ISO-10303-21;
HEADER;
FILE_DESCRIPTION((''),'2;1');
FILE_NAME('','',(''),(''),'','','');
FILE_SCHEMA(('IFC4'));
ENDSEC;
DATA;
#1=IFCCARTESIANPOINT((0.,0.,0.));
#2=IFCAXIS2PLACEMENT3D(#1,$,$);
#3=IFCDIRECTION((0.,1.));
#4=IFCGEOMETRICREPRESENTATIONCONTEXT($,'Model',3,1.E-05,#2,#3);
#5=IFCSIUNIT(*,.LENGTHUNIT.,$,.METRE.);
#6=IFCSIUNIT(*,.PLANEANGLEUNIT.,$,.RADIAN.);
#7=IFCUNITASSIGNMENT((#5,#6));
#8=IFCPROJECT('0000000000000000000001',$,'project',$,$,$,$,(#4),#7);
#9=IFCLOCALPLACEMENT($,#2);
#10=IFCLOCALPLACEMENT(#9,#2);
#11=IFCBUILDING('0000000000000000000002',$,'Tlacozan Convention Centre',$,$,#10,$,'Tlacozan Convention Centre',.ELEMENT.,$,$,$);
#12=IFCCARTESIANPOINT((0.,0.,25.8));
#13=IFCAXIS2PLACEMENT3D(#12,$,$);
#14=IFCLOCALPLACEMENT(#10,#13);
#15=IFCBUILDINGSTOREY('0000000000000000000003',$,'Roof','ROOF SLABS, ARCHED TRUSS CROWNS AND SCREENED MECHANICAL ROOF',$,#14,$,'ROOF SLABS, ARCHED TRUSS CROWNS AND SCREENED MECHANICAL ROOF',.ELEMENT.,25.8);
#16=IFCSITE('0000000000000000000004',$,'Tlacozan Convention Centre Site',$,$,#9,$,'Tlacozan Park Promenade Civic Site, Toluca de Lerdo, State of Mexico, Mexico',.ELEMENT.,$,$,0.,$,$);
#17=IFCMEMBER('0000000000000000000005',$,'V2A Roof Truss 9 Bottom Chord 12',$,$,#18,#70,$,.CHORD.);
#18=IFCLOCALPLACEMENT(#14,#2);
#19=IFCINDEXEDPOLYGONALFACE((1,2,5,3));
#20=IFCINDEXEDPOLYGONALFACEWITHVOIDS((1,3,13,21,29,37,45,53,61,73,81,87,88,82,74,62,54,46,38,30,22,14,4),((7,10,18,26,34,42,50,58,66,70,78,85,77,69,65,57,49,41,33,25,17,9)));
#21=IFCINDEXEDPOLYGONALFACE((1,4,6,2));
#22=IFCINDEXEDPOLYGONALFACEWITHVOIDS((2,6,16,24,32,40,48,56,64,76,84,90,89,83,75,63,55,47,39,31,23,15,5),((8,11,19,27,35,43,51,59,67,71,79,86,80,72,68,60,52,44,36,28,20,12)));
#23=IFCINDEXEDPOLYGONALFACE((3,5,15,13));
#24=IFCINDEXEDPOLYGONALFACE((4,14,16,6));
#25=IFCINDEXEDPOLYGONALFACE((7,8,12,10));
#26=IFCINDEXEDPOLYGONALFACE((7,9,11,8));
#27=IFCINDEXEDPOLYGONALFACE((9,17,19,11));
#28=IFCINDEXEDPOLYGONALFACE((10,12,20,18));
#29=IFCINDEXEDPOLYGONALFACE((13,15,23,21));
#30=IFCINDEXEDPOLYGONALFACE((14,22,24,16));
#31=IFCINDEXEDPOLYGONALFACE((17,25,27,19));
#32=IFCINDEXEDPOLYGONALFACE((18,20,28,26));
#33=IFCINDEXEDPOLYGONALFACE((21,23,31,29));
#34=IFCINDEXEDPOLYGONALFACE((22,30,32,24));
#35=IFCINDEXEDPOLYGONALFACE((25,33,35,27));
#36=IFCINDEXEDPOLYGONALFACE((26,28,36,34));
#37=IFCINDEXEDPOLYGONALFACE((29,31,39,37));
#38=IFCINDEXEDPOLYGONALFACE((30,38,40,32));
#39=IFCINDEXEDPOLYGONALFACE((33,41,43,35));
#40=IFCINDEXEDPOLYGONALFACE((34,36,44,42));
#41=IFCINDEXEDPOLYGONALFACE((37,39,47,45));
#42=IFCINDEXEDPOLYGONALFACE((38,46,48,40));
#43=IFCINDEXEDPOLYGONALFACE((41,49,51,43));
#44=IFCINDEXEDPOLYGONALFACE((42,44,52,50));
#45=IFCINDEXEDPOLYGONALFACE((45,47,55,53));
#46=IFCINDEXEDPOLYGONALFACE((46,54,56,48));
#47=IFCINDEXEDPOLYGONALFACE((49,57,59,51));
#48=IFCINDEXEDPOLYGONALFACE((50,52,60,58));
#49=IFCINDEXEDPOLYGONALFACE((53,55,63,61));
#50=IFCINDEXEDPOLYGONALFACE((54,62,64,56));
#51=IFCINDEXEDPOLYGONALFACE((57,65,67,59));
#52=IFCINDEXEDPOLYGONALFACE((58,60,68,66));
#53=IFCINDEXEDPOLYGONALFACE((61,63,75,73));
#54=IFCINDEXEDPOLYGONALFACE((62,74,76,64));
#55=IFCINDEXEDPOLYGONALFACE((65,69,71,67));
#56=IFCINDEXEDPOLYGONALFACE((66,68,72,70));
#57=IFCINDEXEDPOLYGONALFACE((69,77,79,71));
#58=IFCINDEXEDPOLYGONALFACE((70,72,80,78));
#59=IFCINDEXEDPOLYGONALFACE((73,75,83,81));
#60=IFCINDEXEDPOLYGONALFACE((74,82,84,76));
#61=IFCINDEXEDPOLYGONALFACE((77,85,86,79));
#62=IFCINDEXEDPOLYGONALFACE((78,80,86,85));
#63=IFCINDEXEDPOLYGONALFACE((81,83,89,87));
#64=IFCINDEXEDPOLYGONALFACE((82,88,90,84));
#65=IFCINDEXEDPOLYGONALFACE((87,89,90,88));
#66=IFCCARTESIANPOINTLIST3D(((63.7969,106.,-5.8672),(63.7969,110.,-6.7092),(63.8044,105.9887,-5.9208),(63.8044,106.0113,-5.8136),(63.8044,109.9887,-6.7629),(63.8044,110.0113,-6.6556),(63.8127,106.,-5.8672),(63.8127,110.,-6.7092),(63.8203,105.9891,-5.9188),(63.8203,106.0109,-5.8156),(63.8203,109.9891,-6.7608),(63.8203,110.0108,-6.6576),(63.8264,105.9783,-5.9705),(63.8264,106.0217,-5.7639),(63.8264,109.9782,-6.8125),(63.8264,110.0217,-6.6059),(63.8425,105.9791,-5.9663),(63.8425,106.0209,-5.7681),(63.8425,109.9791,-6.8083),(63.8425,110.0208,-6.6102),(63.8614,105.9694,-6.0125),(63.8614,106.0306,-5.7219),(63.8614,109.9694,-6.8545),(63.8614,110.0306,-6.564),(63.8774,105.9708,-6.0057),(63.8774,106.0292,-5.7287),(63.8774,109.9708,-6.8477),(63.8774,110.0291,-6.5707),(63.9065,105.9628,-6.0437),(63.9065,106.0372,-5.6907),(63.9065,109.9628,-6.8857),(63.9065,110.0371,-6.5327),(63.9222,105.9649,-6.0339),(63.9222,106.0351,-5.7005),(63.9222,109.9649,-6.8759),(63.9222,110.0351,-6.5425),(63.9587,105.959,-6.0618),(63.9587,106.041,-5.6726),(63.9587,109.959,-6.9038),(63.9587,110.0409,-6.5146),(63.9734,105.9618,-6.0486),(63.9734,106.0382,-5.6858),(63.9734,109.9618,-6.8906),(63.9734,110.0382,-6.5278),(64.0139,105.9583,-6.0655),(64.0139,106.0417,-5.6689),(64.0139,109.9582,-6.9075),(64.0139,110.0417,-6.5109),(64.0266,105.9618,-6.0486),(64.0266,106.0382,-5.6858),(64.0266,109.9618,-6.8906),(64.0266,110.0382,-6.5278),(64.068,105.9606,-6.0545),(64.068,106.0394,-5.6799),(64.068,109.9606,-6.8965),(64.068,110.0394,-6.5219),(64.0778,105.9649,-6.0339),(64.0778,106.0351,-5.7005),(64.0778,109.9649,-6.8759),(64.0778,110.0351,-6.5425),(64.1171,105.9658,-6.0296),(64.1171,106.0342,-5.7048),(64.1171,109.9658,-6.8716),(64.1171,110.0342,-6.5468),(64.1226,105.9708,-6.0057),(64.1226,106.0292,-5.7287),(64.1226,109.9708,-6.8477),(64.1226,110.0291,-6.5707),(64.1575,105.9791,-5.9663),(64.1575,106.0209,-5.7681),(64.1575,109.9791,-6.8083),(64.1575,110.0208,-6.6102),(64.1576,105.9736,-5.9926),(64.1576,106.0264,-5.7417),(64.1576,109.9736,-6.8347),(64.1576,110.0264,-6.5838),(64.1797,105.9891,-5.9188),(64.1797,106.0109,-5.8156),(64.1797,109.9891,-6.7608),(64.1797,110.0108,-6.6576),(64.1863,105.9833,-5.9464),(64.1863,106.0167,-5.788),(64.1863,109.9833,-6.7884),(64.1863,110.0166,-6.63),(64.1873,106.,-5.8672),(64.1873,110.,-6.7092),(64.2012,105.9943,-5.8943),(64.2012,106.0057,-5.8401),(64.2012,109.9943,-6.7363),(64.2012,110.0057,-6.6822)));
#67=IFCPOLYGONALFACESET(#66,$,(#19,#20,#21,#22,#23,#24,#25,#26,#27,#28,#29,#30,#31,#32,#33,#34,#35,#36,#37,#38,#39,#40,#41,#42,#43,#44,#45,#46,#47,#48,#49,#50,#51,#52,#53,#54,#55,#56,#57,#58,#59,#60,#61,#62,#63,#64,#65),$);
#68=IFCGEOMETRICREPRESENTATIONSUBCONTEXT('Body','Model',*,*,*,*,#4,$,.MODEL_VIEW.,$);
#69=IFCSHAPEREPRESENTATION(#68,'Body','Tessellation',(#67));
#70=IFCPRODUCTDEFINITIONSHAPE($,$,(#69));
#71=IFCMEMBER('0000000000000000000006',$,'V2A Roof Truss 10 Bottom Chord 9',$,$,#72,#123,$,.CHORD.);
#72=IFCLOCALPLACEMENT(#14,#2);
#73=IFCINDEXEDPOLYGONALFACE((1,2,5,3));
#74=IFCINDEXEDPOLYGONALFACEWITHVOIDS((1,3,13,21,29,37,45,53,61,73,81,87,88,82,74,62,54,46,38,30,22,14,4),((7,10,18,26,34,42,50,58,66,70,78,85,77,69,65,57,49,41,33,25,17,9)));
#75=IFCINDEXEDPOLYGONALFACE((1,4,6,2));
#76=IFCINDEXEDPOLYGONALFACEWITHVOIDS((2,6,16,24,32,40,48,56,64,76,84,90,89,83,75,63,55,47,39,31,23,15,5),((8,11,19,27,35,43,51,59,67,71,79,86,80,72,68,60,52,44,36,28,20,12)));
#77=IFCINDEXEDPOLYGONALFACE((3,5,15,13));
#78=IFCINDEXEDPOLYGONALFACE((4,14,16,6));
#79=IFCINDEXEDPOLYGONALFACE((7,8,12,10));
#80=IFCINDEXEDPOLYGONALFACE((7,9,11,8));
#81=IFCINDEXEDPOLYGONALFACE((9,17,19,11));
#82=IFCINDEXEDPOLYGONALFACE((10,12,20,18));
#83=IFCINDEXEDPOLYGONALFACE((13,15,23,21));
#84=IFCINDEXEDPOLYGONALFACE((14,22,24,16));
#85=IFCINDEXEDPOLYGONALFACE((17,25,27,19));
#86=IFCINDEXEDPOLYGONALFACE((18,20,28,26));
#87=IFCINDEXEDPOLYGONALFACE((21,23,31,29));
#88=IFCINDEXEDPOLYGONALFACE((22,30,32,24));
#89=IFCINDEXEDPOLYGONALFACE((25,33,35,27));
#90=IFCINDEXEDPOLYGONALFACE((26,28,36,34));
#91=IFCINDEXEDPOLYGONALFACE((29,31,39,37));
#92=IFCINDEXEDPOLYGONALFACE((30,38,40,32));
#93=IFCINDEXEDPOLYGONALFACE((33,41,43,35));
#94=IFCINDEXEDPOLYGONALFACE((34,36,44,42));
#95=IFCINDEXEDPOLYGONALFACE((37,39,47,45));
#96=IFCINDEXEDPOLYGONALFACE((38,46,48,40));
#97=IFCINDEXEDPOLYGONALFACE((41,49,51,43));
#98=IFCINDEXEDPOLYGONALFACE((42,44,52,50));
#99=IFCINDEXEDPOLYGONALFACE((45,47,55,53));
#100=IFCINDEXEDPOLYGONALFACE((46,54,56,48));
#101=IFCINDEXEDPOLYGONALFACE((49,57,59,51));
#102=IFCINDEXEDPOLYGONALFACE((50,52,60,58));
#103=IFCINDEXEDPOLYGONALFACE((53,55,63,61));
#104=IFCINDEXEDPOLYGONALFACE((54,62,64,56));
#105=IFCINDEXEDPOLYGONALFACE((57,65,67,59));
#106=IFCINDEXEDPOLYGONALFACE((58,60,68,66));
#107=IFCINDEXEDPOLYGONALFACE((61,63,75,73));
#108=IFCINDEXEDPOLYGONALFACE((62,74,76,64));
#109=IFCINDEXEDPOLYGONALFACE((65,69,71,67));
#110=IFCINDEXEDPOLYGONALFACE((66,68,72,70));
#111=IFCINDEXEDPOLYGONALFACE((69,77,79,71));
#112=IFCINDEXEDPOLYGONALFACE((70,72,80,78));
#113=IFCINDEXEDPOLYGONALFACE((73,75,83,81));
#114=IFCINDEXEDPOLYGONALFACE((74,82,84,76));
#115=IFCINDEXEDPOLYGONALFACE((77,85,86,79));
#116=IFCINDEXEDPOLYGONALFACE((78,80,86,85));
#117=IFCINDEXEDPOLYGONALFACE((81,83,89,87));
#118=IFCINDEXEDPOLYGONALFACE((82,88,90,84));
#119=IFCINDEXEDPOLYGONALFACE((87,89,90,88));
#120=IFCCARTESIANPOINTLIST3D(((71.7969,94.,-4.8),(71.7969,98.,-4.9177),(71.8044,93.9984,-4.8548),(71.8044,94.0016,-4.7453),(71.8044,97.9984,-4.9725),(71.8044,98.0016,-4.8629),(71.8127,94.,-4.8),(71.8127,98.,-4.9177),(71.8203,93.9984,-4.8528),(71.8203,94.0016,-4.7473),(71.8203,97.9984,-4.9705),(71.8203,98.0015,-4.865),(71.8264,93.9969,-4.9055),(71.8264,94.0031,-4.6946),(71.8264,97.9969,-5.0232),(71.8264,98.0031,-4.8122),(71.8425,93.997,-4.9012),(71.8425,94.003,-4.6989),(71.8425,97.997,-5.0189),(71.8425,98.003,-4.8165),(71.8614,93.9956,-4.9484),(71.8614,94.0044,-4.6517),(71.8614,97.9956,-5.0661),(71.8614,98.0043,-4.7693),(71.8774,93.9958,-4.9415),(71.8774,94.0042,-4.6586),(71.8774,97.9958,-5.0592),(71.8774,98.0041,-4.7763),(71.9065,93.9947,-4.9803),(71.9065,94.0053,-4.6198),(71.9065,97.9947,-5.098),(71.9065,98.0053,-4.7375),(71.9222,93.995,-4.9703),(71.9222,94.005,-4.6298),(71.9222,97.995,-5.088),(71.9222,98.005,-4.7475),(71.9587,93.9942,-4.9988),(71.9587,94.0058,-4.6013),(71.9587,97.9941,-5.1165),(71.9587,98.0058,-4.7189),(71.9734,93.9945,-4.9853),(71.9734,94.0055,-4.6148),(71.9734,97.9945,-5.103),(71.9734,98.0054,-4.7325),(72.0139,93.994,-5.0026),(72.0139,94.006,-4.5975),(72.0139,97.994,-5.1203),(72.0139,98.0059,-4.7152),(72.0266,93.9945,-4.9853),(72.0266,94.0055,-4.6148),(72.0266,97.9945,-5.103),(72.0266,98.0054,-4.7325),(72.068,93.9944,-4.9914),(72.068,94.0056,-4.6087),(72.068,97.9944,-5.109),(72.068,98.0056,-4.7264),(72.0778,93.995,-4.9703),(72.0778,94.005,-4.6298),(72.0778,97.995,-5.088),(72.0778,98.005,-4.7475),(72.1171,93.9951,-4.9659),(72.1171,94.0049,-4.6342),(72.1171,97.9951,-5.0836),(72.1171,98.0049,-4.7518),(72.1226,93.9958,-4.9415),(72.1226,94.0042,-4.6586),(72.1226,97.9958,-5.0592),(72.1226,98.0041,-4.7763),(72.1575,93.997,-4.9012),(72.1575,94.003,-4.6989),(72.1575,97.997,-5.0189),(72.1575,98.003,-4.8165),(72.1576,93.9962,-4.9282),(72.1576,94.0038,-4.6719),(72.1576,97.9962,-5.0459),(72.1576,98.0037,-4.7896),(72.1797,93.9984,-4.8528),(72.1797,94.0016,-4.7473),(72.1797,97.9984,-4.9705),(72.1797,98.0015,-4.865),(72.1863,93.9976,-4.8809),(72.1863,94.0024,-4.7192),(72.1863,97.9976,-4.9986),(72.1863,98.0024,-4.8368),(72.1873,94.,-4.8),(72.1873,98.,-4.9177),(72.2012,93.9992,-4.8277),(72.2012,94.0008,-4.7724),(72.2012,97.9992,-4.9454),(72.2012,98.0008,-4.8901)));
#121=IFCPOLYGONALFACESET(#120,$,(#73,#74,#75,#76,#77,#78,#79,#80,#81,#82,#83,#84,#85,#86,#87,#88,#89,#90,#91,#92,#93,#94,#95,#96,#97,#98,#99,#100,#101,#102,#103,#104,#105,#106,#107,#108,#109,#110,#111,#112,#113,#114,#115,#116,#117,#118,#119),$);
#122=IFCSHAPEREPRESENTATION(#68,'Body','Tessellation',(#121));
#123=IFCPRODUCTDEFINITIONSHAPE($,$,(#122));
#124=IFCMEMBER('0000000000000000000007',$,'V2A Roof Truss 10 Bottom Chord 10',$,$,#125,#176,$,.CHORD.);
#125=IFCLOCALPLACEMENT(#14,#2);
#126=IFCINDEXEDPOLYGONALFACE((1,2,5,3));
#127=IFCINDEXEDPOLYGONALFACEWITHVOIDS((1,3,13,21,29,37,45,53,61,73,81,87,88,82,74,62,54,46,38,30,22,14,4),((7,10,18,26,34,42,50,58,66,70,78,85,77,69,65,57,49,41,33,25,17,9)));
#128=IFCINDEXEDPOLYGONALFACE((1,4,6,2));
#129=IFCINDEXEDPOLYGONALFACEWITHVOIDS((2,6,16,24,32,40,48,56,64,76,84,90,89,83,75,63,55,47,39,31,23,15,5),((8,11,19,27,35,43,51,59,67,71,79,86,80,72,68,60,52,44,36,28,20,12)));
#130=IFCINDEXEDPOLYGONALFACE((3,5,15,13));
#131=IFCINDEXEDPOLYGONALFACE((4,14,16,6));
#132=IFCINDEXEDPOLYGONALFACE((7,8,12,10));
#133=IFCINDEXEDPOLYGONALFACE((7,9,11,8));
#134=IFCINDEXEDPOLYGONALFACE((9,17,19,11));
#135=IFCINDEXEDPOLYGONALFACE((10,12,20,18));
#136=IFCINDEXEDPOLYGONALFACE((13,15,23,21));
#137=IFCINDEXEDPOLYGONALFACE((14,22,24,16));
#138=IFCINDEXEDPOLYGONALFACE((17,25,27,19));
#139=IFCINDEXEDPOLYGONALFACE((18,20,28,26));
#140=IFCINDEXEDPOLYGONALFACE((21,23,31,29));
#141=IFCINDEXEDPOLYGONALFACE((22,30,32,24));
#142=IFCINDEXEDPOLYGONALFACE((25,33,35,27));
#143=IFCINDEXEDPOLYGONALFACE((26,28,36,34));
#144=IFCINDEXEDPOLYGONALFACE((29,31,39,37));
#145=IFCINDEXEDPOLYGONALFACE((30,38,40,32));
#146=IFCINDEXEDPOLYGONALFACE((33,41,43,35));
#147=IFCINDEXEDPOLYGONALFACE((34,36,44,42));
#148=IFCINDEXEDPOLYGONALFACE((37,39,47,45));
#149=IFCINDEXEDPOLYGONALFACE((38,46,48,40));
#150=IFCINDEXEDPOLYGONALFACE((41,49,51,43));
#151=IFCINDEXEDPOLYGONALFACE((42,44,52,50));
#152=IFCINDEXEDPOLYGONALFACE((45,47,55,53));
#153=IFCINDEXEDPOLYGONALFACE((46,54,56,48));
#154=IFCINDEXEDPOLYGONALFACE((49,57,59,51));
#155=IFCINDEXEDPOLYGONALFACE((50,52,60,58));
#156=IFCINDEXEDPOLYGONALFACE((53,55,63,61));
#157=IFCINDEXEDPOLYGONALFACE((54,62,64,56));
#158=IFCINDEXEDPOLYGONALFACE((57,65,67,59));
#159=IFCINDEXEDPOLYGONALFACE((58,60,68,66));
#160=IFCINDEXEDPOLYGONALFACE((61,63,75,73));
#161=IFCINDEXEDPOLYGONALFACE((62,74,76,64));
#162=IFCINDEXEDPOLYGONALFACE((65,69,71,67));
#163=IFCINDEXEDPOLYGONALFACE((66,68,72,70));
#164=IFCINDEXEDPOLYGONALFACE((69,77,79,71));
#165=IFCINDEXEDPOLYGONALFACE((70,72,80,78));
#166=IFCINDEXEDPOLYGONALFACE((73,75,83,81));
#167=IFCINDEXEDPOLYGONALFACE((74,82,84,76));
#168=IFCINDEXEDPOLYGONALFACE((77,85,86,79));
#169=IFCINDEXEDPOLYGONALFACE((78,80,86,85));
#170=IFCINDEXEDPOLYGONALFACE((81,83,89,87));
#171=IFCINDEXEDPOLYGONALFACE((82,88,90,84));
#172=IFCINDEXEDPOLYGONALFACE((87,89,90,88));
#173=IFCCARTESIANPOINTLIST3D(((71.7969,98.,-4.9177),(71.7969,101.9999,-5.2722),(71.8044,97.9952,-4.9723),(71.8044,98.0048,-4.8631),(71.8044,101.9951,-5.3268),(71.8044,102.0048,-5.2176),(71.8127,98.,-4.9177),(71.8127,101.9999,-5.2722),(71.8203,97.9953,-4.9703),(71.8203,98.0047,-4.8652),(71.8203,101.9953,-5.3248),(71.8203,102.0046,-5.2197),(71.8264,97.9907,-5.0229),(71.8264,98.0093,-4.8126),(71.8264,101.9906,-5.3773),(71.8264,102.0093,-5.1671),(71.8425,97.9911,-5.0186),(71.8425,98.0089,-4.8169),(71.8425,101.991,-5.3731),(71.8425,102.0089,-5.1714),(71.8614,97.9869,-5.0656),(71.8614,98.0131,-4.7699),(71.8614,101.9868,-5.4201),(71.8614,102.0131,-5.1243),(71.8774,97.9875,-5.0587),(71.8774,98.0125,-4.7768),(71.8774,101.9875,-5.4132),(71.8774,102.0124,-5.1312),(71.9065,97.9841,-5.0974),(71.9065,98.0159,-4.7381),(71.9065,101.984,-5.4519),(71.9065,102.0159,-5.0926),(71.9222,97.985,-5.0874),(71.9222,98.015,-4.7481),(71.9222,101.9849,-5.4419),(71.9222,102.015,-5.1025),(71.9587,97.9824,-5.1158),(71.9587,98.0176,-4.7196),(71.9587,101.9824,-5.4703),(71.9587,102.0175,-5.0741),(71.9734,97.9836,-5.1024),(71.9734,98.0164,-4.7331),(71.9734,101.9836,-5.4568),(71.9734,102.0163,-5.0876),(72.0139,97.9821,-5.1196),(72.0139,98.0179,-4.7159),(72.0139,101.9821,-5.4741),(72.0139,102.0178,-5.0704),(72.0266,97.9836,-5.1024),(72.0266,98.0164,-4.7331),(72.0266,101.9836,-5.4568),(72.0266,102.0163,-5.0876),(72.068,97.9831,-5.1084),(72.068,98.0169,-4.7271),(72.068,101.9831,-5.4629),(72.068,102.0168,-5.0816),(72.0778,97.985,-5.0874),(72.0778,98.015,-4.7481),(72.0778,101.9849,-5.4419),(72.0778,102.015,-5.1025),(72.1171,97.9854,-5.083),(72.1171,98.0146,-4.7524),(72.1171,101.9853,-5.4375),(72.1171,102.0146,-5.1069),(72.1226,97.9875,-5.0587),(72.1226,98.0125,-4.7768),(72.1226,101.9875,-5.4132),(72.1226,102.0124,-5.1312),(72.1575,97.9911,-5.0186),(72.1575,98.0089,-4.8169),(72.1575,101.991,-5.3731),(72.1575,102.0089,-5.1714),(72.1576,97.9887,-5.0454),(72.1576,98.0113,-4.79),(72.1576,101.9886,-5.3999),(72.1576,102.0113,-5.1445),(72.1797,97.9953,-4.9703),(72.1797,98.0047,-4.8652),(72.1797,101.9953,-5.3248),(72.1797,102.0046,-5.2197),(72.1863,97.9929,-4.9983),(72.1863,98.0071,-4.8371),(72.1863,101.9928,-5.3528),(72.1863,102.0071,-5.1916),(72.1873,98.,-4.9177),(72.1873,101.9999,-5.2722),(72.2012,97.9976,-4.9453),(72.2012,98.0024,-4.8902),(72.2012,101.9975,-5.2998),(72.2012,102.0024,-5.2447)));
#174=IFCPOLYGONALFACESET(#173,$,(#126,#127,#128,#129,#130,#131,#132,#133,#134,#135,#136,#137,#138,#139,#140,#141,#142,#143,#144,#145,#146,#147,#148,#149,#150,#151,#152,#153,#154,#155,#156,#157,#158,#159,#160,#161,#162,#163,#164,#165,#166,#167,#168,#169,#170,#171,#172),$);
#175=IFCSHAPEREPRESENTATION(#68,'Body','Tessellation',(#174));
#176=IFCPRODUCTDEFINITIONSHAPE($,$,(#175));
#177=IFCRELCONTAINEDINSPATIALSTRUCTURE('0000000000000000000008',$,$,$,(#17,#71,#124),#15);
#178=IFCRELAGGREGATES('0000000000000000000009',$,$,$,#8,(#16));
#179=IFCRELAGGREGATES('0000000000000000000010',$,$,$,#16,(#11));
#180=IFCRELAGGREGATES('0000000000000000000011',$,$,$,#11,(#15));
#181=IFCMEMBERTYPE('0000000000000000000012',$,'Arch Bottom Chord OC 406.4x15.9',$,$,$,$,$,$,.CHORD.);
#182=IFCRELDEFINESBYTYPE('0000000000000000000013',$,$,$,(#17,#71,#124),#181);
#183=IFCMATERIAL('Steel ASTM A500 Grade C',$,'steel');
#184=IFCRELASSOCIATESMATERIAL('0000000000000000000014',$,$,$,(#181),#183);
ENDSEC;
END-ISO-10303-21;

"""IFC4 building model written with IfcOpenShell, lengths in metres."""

from ifc_helpers import new_model, si_unit, direction, frame, origin, origin_2d, place, context, subcontext, project, spatial, hollow_circle, extrude, material, material_profile, profile_set, type_object, element, save


model = new_model("IFC4")

# Units and contexts
model_context = context("Model", 3, precision=1e-05, world=origin(), true_north=direction((0.0, 1.0)))
body_context = subcontext(model_context, "Body", "Model", "MODEL_VIEW")
ifc_project = project(units=[si_unit("LENGTHUNIT", "METRE"), si_unit("PLANEANGLEUNIT", "RADIAN")], contexts=[model_context])

# Site, building, storey
site_placement = place(None, origin())
site = spatial("IfcSite", under=ifc_project, at=site_placement, Name="Tlacozan Convention Centre Site", LongName="Tlacozan Park Promenade Civic Site, Toluca de Lerdo, State of Mexico, Mexico", CompositionType="ELEMENT", RefElevation=0.0)
building_placement = place(site_placement, origin())
building = spatial("IfcBuilding", under=site, at=building_placement, Name="Tlacozan Convention Centre", LongName="Tlacozan Convention Centre", CompositionType="ELEMENT")
storey_placement = place(building_placement, frame((0.0, 0.0, 25.8)))
storey = spatial("IfcBuildingStorey", under=building, at=storey_placement, Name="Roof", Description="ROOF SLABS, ARCHED TRUSS CROWNS AND SCREENED MECHANICAL ROOF", LongName="ROOF SLABS, ARCHED TRUSS CROWNS AND SCREENED MECHANICAL ROOF", CompositionType="ELEMENT", Elevation=25.8)

# Members
ifc_material_1 = material(Name="Steel ASTM A500 Grade C", Category="steel")
ifc_material_profile_1 = material_profile(ifc_material_1, hollow_circle(Radius=0.2031, WallThickness=0.0159, at=origin_2d()), Name="OC 406.4x15.9")
ifc_profile_set_1 = profile_set([ifc_material_profile_1], Name="Steel ASTM A500 Grade C")
member_type_1 = type_object("IfcMemberType", Name="Arch Bottom Chord OC 406.4x15.9", PredefinedType="CHORD", material=ifc_profile_set_1)
member_1_placement = place(storey_placement, frame((64.0, 106.0, -5.8672), z_axis=(0.0, 0.978553, -0.205995), x_axis=(-1.0, 0.0, 0.0)))
element("IfcMember", 1, at=member_1_placement, inside=storey, type_object=member_type_1, Name="V2A Roof Truss 9 Bottom Chord 12", PredefinedType="CHORD", context=body_context, shape_type="SweptSolid", body=[
    extrude(hollow_circle(Radius=0.2031, WallThickness=0.0159, at=origin_2d()), origin(), (0.0, 0.0, 1.0), 4.0876),
])
member_2_placement = place(storey_placement, frame((72.0, 94.0, -4.8), z_axis=(0.0, 0.999568, -0.029406), x_axis=(-1.0, 0.0, 0.0)))
element("IfcMember", 2, at=member_2_placement, inside=storey, type_object=member_type_1, Name="V2A Roof Truss 10 Bottom Chord 9", PredefinedType="CHORD", context=body_context, shape_type="SweptSolid", body=[
    extrude(hollow_circle(Radius=0.2031, WallThickness=0.0159, at=origin_2d()), origin(), (0.0, 0.0, 1.0), 4.0017),
])
member_3_placement = place(storey_placement, frame((72.0, 98.0, -4.9177), z_axis=(0.0, 0.996096, -0.088277), x_axis=(-1.0, 0.0, 0.0)))
element("IfcMember", 3, at=member_3_placement, inside=storey, type_object=member_type_1, Name="V2A Roof Truss 10 Bottom Chord 10", PredefinedType="CHORD", context=body_context, shape_type="SweptSolid", body=[
    extrude(hollow_circle(Radius=0.2031, WallThickness=0.0159, at=origin_2d()), origin(), (0.0, 0.0, 1.0), 4.0156),
])

save(model, "model.ifc")
